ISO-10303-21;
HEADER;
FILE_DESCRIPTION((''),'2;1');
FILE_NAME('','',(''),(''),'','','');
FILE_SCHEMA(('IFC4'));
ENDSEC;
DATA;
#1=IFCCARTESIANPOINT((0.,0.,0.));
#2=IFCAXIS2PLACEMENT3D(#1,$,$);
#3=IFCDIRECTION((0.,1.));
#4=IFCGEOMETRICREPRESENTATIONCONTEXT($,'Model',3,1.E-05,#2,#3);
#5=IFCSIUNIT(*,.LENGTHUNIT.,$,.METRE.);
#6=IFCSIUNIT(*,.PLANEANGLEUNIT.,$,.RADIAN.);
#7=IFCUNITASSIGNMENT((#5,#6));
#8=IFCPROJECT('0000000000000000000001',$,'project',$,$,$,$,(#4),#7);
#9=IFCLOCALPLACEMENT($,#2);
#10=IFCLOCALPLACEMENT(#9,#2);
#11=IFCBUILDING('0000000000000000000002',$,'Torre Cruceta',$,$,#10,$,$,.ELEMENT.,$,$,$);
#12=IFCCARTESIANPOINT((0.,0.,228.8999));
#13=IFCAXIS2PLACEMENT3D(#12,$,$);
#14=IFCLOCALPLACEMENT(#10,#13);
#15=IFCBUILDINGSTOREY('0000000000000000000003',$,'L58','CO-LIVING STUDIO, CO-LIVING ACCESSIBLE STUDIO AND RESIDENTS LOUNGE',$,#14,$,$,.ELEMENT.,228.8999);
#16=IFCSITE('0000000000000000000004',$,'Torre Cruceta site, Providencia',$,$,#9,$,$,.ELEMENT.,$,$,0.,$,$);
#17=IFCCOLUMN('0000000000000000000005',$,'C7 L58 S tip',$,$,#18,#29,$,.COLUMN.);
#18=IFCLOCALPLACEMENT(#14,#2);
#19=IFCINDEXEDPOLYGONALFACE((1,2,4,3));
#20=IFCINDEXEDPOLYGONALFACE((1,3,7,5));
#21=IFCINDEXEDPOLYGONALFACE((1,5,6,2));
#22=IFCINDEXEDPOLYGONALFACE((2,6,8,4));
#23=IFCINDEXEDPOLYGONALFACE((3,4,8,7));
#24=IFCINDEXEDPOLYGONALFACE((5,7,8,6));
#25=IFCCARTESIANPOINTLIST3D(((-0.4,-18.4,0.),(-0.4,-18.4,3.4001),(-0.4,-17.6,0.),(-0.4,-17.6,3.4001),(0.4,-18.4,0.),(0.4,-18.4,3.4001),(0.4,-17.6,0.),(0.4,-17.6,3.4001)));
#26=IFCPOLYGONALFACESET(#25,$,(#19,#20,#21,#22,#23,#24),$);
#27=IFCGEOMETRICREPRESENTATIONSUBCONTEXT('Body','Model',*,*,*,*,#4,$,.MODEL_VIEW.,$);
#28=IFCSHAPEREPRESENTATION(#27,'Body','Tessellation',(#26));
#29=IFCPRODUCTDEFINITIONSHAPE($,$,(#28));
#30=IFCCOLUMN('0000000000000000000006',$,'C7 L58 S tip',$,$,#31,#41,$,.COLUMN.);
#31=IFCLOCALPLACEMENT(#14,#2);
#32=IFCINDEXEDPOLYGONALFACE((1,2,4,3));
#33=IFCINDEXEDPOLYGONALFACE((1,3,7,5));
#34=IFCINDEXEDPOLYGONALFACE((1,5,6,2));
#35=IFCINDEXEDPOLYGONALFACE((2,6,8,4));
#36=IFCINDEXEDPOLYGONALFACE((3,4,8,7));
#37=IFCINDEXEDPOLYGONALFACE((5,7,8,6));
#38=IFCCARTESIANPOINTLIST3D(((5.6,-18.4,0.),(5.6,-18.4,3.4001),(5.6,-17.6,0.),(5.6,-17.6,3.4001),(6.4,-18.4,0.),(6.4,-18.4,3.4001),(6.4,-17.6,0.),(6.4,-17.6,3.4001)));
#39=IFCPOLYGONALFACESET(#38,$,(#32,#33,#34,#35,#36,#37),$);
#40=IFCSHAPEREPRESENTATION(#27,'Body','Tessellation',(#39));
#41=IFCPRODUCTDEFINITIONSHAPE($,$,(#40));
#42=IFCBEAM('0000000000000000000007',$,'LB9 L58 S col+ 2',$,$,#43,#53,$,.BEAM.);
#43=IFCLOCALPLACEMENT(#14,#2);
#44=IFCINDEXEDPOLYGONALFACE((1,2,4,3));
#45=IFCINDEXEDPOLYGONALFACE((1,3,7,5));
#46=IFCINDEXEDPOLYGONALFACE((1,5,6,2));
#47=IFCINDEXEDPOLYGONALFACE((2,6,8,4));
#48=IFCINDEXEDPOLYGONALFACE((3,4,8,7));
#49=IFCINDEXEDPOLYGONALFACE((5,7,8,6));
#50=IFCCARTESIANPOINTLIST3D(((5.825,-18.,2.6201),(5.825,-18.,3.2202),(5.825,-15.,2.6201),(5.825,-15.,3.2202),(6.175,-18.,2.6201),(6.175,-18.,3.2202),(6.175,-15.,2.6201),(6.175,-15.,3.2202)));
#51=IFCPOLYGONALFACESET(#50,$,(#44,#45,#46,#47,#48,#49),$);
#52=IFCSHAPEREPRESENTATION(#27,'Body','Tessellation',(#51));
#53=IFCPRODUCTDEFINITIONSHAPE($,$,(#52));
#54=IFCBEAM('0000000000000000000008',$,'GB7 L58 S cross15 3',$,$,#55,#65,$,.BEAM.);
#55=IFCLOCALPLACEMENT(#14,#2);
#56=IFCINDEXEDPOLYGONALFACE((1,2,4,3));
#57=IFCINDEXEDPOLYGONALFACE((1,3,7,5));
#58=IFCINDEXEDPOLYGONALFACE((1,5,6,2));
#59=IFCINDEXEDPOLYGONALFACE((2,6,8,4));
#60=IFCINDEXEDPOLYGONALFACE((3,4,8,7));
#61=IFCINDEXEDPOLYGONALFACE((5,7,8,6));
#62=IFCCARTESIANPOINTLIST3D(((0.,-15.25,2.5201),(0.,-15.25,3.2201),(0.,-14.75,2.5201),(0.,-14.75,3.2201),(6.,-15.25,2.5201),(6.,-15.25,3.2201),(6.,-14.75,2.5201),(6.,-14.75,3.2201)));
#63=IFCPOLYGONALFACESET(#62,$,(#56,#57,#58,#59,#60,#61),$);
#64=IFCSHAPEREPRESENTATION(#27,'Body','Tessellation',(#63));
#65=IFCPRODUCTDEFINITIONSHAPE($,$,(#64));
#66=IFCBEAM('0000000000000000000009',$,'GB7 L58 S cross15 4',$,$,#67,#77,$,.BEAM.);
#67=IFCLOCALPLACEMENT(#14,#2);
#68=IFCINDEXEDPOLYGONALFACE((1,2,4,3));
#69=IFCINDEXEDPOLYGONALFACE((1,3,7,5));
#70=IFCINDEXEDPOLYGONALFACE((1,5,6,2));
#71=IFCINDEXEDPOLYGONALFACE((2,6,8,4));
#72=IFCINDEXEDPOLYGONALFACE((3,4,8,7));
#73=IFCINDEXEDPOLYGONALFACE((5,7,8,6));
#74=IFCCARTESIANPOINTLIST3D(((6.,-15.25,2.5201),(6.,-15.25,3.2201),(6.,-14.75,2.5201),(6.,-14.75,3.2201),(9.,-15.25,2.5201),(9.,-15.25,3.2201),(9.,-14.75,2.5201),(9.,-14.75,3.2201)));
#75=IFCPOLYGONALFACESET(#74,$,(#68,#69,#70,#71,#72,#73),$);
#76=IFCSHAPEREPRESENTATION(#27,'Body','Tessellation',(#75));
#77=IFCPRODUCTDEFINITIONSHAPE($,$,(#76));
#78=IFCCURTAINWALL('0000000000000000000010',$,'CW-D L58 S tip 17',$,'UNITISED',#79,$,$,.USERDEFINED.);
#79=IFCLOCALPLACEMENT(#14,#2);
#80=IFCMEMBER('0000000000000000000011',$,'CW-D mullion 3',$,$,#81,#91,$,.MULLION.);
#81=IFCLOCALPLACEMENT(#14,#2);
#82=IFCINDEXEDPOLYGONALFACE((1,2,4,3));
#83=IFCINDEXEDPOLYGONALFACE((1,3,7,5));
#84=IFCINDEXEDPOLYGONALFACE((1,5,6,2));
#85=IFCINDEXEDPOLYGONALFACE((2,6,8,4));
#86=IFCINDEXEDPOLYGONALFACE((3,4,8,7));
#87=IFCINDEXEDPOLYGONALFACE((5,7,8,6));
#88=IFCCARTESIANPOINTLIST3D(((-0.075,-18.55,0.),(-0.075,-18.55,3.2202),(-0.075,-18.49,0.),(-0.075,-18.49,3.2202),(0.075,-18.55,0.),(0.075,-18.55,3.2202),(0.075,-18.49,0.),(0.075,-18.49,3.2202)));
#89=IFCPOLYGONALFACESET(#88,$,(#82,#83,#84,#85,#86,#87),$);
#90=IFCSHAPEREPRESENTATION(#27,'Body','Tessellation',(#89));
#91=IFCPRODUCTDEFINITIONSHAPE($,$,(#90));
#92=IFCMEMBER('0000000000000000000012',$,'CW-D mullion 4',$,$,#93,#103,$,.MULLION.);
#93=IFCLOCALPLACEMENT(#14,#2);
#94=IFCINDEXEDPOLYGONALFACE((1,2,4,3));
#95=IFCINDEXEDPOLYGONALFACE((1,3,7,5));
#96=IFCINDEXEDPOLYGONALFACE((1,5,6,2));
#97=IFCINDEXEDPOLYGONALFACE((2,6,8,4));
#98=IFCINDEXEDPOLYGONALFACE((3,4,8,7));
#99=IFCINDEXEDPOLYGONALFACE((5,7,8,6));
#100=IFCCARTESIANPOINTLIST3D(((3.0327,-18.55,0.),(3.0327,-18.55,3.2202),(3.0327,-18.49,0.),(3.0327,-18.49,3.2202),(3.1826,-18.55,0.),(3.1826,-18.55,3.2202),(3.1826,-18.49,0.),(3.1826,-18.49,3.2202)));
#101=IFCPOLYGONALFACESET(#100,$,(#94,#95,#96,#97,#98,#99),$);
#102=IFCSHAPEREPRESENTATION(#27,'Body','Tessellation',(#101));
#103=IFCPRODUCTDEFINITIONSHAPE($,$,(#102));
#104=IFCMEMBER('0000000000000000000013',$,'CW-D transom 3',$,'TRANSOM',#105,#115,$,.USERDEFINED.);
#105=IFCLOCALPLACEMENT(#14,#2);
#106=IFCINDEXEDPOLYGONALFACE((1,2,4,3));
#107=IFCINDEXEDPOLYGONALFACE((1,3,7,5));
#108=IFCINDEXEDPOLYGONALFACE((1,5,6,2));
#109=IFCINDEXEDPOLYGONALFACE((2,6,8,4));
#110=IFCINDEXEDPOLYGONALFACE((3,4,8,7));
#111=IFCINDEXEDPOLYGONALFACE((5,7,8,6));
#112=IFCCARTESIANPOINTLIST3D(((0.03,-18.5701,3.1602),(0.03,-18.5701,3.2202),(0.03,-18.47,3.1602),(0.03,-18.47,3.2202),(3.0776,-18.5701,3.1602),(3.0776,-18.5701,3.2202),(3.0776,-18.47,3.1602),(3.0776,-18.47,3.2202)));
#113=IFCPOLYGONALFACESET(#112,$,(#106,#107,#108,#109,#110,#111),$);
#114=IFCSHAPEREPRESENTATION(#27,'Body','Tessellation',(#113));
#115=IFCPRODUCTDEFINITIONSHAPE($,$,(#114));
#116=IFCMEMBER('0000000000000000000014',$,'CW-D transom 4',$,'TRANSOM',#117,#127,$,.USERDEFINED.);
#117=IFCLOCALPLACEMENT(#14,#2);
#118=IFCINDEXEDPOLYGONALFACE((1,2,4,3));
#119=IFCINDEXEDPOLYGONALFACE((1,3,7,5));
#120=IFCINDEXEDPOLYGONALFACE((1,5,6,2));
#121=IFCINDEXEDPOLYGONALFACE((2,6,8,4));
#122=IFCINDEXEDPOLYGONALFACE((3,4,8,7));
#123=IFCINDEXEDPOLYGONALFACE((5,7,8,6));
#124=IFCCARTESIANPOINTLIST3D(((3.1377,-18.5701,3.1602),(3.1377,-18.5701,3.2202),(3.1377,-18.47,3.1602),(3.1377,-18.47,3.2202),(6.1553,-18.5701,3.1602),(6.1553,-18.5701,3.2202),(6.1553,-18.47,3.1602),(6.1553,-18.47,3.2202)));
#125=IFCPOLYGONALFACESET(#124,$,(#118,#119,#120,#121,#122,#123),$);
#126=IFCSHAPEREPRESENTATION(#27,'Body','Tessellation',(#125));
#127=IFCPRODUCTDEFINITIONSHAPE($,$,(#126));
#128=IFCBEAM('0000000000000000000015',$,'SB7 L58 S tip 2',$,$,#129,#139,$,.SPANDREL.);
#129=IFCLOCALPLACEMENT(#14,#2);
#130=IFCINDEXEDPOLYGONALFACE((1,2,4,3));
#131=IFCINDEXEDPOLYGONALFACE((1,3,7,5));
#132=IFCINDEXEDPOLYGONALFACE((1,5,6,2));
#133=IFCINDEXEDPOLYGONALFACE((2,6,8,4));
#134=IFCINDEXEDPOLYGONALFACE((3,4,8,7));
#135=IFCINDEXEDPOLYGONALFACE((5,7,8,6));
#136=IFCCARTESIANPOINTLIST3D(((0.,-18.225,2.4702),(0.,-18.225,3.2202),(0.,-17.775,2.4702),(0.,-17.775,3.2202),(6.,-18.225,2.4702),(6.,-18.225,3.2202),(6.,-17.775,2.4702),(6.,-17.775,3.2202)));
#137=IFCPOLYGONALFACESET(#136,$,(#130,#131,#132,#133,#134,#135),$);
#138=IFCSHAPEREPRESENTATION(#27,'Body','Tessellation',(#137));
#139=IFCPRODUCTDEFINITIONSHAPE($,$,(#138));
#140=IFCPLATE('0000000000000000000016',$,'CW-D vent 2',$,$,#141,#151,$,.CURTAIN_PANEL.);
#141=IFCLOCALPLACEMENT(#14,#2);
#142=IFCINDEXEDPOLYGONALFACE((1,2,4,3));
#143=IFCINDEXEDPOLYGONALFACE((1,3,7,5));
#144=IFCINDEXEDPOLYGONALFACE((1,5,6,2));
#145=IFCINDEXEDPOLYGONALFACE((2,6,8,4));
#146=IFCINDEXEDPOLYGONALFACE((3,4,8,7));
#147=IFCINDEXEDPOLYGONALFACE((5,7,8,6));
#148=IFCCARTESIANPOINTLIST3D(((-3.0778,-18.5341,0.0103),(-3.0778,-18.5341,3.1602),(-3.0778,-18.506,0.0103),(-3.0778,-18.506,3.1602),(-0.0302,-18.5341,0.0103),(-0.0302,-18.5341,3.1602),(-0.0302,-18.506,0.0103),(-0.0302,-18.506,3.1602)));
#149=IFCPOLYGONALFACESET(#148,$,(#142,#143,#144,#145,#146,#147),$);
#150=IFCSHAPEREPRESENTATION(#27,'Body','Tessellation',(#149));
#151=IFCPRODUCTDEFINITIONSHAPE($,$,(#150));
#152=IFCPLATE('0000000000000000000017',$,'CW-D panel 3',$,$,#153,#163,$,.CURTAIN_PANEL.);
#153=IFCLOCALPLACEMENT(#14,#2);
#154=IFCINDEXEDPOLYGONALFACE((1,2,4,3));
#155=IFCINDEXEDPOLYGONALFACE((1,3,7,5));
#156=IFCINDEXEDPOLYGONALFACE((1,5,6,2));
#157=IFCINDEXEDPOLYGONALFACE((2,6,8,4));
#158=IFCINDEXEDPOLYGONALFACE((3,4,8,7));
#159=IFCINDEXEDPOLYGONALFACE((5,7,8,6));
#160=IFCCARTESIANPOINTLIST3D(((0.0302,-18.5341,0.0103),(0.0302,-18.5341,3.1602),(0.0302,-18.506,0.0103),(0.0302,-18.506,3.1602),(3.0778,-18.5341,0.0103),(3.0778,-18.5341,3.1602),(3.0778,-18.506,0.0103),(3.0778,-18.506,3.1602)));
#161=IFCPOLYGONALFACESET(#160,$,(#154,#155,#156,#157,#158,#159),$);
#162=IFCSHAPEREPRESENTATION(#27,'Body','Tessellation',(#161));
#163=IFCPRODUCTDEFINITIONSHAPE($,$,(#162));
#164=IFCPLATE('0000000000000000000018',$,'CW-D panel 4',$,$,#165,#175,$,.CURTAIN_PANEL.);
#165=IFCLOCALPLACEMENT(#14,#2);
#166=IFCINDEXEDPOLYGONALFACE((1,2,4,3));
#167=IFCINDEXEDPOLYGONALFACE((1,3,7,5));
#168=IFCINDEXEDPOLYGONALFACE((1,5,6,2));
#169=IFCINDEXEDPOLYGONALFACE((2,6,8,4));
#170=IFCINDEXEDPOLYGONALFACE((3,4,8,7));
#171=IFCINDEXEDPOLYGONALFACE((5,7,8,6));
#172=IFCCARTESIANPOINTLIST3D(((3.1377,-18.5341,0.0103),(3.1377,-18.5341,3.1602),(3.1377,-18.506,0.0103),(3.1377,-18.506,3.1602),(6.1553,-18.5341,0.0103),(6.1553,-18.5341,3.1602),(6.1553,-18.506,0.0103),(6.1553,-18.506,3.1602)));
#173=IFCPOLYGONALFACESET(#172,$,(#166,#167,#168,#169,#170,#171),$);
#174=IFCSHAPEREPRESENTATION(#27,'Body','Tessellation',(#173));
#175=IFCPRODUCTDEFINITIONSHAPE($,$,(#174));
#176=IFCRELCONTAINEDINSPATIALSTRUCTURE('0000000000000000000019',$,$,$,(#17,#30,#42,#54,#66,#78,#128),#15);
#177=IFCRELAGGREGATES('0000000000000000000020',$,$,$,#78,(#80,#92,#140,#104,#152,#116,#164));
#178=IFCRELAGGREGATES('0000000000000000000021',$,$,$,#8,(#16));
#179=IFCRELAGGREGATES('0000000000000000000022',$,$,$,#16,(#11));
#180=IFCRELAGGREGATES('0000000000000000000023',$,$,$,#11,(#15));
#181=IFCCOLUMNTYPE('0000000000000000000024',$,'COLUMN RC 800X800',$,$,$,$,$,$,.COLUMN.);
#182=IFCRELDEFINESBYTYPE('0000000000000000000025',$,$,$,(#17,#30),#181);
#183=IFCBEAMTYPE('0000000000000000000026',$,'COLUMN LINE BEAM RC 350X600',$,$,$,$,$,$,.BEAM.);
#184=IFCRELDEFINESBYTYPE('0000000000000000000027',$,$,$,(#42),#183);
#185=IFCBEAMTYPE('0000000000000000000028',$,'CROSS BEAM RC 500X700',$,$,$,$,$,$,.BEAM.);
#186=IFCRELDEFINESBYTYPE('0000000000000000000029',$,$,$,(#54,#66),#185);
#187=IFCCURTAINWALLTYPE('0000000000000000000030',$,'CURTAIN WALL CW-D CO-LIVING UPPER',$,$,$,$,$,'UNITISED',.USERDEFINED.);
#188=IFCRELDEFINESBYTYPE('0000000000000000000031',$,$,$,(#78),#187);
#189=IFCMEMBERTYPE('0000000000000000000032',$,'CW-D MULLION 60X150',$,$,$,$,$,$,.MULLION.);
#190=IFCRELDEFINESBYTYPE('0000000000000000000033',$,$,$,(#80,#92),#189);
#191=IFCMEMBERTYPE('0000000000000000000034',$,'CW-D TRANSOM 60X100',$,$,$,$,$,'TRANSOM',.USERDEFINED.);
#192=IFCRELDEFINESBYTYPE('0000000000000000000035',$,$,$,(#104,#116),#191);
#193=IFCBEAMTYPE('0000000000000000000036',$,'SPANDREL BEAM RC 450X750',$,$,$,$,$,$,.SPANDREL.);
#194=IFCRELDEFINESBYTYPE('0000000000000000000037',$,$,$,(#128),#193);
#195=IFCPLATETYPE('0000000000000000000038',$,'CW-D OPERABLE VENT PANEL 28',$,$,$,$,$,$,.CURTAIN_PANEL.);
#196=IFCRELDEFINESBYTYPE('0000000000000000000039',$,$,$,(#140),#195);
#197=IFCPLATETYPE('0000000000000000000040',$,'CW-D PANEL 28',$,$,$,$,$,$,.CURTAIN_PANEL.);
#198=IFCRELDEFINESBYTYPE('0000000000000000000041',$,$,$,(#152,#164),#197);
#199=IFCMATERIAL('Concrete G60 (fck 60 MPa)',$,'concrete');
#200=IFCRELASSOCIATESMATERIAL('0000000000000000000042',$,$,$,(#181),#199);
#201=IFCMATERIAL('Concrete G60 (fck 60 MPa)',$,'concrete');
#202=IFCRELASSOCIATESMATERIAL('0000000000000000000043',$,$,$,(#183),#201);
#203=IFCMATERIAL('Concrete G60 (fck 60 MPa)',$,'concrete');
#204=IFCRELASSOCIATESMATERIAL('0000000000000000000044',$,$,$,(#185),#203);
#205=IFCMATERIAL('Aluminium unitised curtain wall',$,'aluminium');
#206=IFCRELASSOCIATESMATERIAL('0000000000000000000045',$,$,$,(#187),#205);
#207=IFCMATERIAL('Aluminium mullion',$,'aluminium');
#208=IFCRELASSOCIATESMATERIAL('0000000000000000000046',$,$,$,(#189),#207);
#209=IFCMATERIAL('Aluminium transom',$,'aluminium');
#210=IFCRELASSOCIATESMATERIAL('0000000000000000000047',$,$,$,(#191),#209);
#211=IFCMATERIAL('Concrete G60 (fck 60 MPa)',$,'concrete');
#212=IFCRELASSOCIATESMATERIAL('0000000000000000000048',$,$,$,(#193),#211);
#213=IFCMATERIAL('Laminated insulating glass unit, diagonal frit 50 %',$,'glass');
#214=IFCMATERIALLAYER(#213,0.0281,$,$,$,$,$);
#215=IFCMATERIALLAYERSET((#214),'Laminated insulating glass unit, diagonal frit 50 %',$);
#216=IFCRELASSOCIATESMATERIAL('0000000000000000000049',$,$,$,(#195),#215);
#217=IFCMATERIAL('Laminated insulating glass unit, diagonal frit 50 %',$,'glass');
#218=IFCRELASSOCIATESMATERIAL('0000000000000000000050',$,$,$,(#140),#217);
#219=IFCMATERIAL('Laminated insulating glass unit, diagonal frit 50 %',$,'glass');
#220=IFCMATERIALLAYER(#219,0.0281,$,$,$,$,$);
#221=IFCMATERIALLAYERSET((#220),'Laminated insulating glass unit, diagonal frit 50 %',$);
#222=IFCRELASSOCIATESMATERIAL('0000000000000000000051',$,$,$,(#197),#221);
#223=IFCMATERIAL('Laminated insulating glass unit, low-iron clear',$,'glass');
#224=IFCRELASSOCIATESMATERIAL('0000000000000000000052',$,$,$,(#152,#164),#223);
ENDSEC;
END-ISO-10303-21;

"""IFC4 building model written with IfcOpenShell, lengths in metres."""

from ifc_helpers import new_model, si_unit, direction, frame, origin, origin_2d, place, context, subcontext, project, spatial, rectangle, extrude, material, layer, layer_set, material_profile, profile_set, type_object, element, aggregate, save


model = new_model("IFC4")

# Units and contexts
model_context = context("Model", 3, precision=1e-05, world=origin(), true_north=direction((0.0, 1.0)))
body_context = subcontext(model_context, "Body", "Model", "MODEL_VIEW")
ifc_project = project(units=[si_unit("LENGTHUNIT", "METRE"), si_unit("PLANEANGLEUNIT", "RADIAN")], contexts=[model_context])

# Site, building, storey
site_placement = place(None, origin())
site = spatial("IfcSite", under=ifc_project, at=site_placement, Name="Torre Cruceta site, Providencia", CompositionType="ELEMENT", RefElevation=0.0)
building_placement = place(site_placement, origin())
building = spatial("IfcBuilding", under=site, at=building_placement, Name="Torre Cruceta", CompositionType="ELEMENT")
storey_placement = place(building_placement, frame((0.0, 0.0, 228.8999)))
storey = spatial("IfcBuildingStorey", under=building, at=storey_placement, Name="L58", Description="CO-LIVING STUDIO, CO-LIVING ACCESSIBLE STUDIO AND RESIDENTS LOUNGE", CompositionType="ELEMENT", Elevation=228.8999)

# Columns
ifc_material_1 = material(Name="Concrete G60 (fck 60 MPa)", Category="concrete")
ifc_material_profile_1 = material_profile(ifc_material_1, rectangle(XDim=0.8, YDim=0.8, at=origin_2d()), Name="RC 800X800")
ifc_profile_set_1 = profile_set([ifc_material_profile_1], Name="Concrete G60 (fck 60 MPa)")
column_type = type_object("IfcColumnType", Name="COLUMN RC 800X800", PredefinedType="COLUMN", material=ifc_profile_set_1)
for number, where, z_axis, x_axis, name in (
    (1, (0.0, -18.0, 0.0), (0.0, 0.0, 1.0), (1.0, 0.0, 0.0), "C7 L58 S tip"),
    (2, (6.0, -18.0, 0.0), (0.0, 0.0, 1.0), (1.0, 0.0, 0.0), "C7 L58 S tip"),
):
    element("IfcColumn", number, at=place(storey_placement, frame(where, z_axis=z_axis, x_axis=x_axis)), inside=storey, type_object=column_type, Name=name, PredefinedType="COLUMN", context=body_context, shape_type="SweptSolid", body=[
        extrude(rectangle(XDim=0.8, YDim=0.8, at=origin_2d()), origin(), (0.0, 0.0, 1.0), 3.4001),
    ])

# Beams
ifc_material_2 = material(Name="Concrete G60 (fck 60 MPa)", Category="concrete")
ifc_material_profile_2 = material_profile(ifc_material_2, rectangle(XDim=0.3501, YDim=0.6001, at=origin_2d()), Name="RC 350X600")
ifc_profile_set_2 = profile_set([ifc_material_profile_2], Name="Concrete G60 (fck 60 MPa)")
beam_type_1 = type_object("IfcBeamType", Name="COLUMN LINE BEAM RC 350X600", PredefinedType="BEAM", material=ifc_profile_set_2)
beam_1_placement = place(storey_placement, frame((6.0, -15.0, 2.9202), z_axis=(0.0, -1.0, 0.0), x_axis=(1.0, 0.0, 0.0)))
element("IfcBeam", 3, at=beam_1_placement, inside=storey, type_object=beam_type_1, Name="LB9 L58 S col+ 2", PredefinedType="BEAM", context=body_context, shape_type="SweptSolid", body=[
    extrude(rectangle(XDim=0.3501, YDim=0.6001, at=origin_2d()), origin(), (0.0, 0.0, 1.0), 3.0),
])
ifc_material_3 = material(Name="Concrete G60 (fck 60 MPa)", Category="concrete")
ifc_material_profile_3 = material_profile(ifc_material_3, rectangle(XDim=0.5, YDim=0.7, at=origin_2d()), Name="RC 500X700")
ifc_profile_set_3 = profile_set([ifc_material_profile_3], Name="Concrete G60 (fck 60 MPa)")
beam_type_2 = type_object("IfcBeamType", Name="CROSS BEAM RC 500X700", PredefinedType="BEAM", material=ifc_profile_set_3)
beam_2_placement = place(storey_placement, frame((0.0, -15.0, 2.8701), z_axis=(1.0, 0.0, 0.0), x_axis=(0.0, 1.0, 0.0)))
element("IfcBeam", 4, at=beam_2_placement, inside=storey, type_object=beam_type_2, Name="GB7 L58 S cross15 3", PredefinedType="BEAM", context=body_context, shape_type="SweptSolid", body=[
    extrude(rectangle(XDim=0.5, YDim=0.7, at=origin_2d()), origin(), (0.0, 0.0, 1.0), 6.0),
])
beam_3_placement = place(storey_placement, frame((6.0, -15.0, 2.8701), z_axis=(1.0, 0.0, 0.0), x_axis=(0.0, 1.0, 0.0)))
element("IfcBeam", 5, at=beam_3_placement, inside=storey, type_object=beam_type_2, Name="GB7 L58 S cross15 4", PredefinedType="BEAM", context=body_context, shape_type="SweptSolid", body=[
    extrude(rectangle(XDim=0.5, YDim=0.7, at=origin_2d()), origin(), (0.0, 0.0, 1.0), 3.0),
])

# Curtain wall, members
ifc_material_4 = material(Name="Aluminium unitised curtain wall", Category="aluminium")
curtain_wall_type = type_object("IfcCurtainWallType", Name="CURTAIN WALL CW-D CO-LIVING UPPER", ElementType="UNITISED", PredefinedType="USERDEFINED", material=ifc_material_4)
curtain_wall_placement = place(storey_placement, origin())
curtain_wall = element("IfcCurtainWall", 6, at=curtain_wall_placement, inside=storey, type_object=curtain_wall_type, Name="CW-D L58 S tip 17", ObjectType="UNITISED", PredefinedType="USERDEFINED")
ifc_material_5 = material(Name="Aluminium mullion", Category="aluminium")
ifc_material_profile_4 = material_profile(ifc_material_5, rectangle(XDim=0.0601, YDim=0.1499, at=origin_2d()), Name="AL 60X150")
ifc_profile_set_4 = profile_set([ifc_material_profile_4], Name="Aluminium mullion")
member_type_1 = type_object("IfcMemberType", Name="CW-D MULLION 60X150", PredefinedType="MULLION", material=ifc_profile_set_4)
member_1_placement = place(storey_placement, frame((0.0, -18.52, 0.0), z_axis=(0.0, 0.0, 1.0), x_axis=(0.0, 1.0, 0.0)))
member_1 = element("IfcMember", 7, at=member_1_placement, type_object=member_type_1, Name="CW-D mullion 3", PredefinedType="MULLION", context=body_context, shape_type="SweptSolid", body=[
    extrude(rectangle(XDim=0.0601, YDim=0.1499, at=origin_2d()), origin(), (0.0, 0.0, 1.0), 3.2202),
])
member_2_placement = place(storey_placement, frame((3.1077, -18.52, 0.0), z_axis=(0.0, 0.0, 1.0), x_axis=(0.0, 1.0, 0.0)))
member_2 = element("IfcMember", 8, at=member_2_placement, type_object=member_type_1, Name="CW-D mullion 4", PredefinedType="MULLION", context=body_context, shape_type="SweptSolid", body=[
    extrude(rectangle(XDim=0.0601, YDim=0.1499, at=origin_2d()), origin(), (0.0, 0.0, 1.0), 3.2202),
])
ifc_material_6 = material(Name="Aluminium transom", Category="aluminium")
ifc_material_profile_5 = material_profile(ifc_material_6, rectangle(XDim=0.1001, YDim=0.0601, at=origin_2d()), Name="AL 100X60")
ifc_profile_set_5 = profile_set([ifc_material_profile_5], Name="Aluminium transom")
member_type_2 = type_object("IfcMemberType", Name="CW-D TRANSOM 60X100", ElementType="TRANSOM", PredefinedType="USERDEFINED", material=ifc_profile_set_5)
member_3_placement = place(storey_placement, frame((0.03, -18.52, 3.1902), z_axis=(1.0, 0.0, 0.0), x_axis=(0.0, 1.0, 0.0)))
member_3 = element("IfcMember", 9, at=member_3_placement, type_object=member_type_2, Name="CW-D transom 3", ObjectType="TRANSOM", PredefinedType="USERDEFINED", context=body_context, shape_type="SweptSolid", body=[
    extrude(rectangle(XDim=0.1001, YDim=0.0601, at=origin_2d()), origin(), (0.0, 0.0, 1.0), 3.0476),
])
member_4_placement = place(storey_placement, frame((3.1377, -18.52, 3.1902), z_axis=(1.0, 0.0, 0.0), x_axis=(0.0, 1.0, 0.0)))
member_4 = element("IfcMember", 10, at=member_4_placement, type_object=member_type_2, Name="CW-D transom 4", ObjectType="TRANSOM", PredefinedType="USERDEFINED", context=body_context, shape_type="SweptSolid", body=[
    extrude(rectangle(XDim=0.1001, YDim=0.0601, at=origin_2d()), origin(), (0.0, 0.0, 1.0), 3.0176),
])

# Beam
ifc_material_7 = material(Name="Concrete G60 (fck 60 MPa)", Category="concrete")
ifc_material_profile_6 = material_profile(ifc_material_7, rectangle(XDim=0.45, YDim=0.75, at=origin_2d()), Name="RC 450X750")
ifc_profile_set_6 = profile_set([ifc_material_profile_6], Name="Concrete G60 (fck 60 MPa)")
beam_type_3 = type_object("IfcBeamType", Name="SPANDREL BEAM RC 450X750", PredefinedType="SPANDREL", material=ifc_profile_set_6)
beam_4_placement = place(storey_placement, frame((0.0, -18.0, 2.8452), z_axis=(1.0, 0.0, 0.0), x_axis=(0.0, 1.0, 0.0)))
element("IfcBeam", 11, at=beam_4_placement, inside=storey, type_object=beam_type_3, Name="SB7 L58 S tip 2", PredefinedType="SPANDREL", context=body_context, shape_type="SweptSolid", body=[
    extrude(rectangle(XDim=0.45, YDim=0.75, at=origin_2d()), origin(), (0.0, 0.0, 1.0), 6.0),
])

# Plates
ifc_material_8 = material(Name="Laminated insulating glass unit, diagonal frit 50 %", Category="glass")
ifc_material_9 = material(Name="Laminated insulating glass unit, diagonal frit 50 %", Category="glass")
ifc_layer_1 = layer(ifc_material_9, 0.0281)
ifc_layer_set_1 = layer_set([ifc_layer_1], Name="Laminated insulating glass unit, diagonal frit 50 %")
plate_type_1 = type_object("IfcPlateType", Name="CW-D OPERABLE VENT PANEL 28", PredefinedType="CURTAIN_PANEL", material=ifc_layer_set_1)
plate_1_placement = place(storey_placement, frame((-1.554, -18.52, 0.0103), z_axis=(0.0, 0.0, 1.0), x_axis=(1.0, 0.0, 0.0)))
plate_1 = element("IfcPlate", 12, at=plate_1_placement, type_object=plate_type_1, material=ifc_material_8, Name="CW-D vent 2", PredefinedType="CURTAIN_PANEL", context=body_context, shape_type="SweptSolid", body=[
    extrude(rectangle(XDim=3.0476, YDim=0.0281, at=origin_2d()), origin(), (0.0, 0.0, 1.0), 3.1499),
])
ifc_material_10 = material(Name="Laminated insulating glass unit, low-iron clear", Category="glass")
ifc_material_11 = material(Name="Laminated insulating glass unit, diagonal frit 50 %", Category="glass")
ifc_layer_2 = layer(ifc_material_11, 0.0281)
ifc_layer_set_2 = layer_set([ifc_layer_2], Name="Laminated insulating glass unit, diagonal frit 50 %")
plate_type_2 = type_object("IfcPlateType", Name="CW-D PANEL 28", PredefinedType="CURTAIN_PANEL", material=ifc_layer_set_2)
plate_2_placement = place(storey_placement, frame((1.554, -18.52, 0.0103), z_axis=(0.0, 0.0, 1.0), x_axis=(1.0, 0.0, 0.0)))
plate_2 = element("IfcPlate", 13, at=plate_2_placement, type_object=plate_type_2, material=ifc_material_10, Name="CW-D panel 3", PredefinedType="CURTAIN_PANEL", context=body_context, shape_type="SweptSolid", body=[
    extrude(rectangle(XDim=3.0476, YDim=0.0281, at=origin_2d()), origin(), (0.0, 0.0, 1.0), 3.1499),
])
plate_3_placement = place(storey_placement, frame((4.6465, -18.52, 0.0103), z_axis=(0.0, 0.0, 1.0), x_axis=(1.0, 0.0, 0.0)))
plate_3 = element("IfcPlate", 14, at=plate_3_placement, type_object=plate_type_2, material=ifc_material_10, Name="CW-D panel 4", PredefinedType="CURTAIN_PANEL", context=body_context, shape_type="SweptSolid", body=[
    extrude(rectangle(XDim=3.0176, YDim=0.0281, at=origin_2d()), origin(), (0.0, 0.0, 1.0), 3.1499),
])
aggregate(curtain_wall, [member_1, member_2, plate_1, member_3, plate_2, member_4, plate_3])

save(model, "model.ifc")
